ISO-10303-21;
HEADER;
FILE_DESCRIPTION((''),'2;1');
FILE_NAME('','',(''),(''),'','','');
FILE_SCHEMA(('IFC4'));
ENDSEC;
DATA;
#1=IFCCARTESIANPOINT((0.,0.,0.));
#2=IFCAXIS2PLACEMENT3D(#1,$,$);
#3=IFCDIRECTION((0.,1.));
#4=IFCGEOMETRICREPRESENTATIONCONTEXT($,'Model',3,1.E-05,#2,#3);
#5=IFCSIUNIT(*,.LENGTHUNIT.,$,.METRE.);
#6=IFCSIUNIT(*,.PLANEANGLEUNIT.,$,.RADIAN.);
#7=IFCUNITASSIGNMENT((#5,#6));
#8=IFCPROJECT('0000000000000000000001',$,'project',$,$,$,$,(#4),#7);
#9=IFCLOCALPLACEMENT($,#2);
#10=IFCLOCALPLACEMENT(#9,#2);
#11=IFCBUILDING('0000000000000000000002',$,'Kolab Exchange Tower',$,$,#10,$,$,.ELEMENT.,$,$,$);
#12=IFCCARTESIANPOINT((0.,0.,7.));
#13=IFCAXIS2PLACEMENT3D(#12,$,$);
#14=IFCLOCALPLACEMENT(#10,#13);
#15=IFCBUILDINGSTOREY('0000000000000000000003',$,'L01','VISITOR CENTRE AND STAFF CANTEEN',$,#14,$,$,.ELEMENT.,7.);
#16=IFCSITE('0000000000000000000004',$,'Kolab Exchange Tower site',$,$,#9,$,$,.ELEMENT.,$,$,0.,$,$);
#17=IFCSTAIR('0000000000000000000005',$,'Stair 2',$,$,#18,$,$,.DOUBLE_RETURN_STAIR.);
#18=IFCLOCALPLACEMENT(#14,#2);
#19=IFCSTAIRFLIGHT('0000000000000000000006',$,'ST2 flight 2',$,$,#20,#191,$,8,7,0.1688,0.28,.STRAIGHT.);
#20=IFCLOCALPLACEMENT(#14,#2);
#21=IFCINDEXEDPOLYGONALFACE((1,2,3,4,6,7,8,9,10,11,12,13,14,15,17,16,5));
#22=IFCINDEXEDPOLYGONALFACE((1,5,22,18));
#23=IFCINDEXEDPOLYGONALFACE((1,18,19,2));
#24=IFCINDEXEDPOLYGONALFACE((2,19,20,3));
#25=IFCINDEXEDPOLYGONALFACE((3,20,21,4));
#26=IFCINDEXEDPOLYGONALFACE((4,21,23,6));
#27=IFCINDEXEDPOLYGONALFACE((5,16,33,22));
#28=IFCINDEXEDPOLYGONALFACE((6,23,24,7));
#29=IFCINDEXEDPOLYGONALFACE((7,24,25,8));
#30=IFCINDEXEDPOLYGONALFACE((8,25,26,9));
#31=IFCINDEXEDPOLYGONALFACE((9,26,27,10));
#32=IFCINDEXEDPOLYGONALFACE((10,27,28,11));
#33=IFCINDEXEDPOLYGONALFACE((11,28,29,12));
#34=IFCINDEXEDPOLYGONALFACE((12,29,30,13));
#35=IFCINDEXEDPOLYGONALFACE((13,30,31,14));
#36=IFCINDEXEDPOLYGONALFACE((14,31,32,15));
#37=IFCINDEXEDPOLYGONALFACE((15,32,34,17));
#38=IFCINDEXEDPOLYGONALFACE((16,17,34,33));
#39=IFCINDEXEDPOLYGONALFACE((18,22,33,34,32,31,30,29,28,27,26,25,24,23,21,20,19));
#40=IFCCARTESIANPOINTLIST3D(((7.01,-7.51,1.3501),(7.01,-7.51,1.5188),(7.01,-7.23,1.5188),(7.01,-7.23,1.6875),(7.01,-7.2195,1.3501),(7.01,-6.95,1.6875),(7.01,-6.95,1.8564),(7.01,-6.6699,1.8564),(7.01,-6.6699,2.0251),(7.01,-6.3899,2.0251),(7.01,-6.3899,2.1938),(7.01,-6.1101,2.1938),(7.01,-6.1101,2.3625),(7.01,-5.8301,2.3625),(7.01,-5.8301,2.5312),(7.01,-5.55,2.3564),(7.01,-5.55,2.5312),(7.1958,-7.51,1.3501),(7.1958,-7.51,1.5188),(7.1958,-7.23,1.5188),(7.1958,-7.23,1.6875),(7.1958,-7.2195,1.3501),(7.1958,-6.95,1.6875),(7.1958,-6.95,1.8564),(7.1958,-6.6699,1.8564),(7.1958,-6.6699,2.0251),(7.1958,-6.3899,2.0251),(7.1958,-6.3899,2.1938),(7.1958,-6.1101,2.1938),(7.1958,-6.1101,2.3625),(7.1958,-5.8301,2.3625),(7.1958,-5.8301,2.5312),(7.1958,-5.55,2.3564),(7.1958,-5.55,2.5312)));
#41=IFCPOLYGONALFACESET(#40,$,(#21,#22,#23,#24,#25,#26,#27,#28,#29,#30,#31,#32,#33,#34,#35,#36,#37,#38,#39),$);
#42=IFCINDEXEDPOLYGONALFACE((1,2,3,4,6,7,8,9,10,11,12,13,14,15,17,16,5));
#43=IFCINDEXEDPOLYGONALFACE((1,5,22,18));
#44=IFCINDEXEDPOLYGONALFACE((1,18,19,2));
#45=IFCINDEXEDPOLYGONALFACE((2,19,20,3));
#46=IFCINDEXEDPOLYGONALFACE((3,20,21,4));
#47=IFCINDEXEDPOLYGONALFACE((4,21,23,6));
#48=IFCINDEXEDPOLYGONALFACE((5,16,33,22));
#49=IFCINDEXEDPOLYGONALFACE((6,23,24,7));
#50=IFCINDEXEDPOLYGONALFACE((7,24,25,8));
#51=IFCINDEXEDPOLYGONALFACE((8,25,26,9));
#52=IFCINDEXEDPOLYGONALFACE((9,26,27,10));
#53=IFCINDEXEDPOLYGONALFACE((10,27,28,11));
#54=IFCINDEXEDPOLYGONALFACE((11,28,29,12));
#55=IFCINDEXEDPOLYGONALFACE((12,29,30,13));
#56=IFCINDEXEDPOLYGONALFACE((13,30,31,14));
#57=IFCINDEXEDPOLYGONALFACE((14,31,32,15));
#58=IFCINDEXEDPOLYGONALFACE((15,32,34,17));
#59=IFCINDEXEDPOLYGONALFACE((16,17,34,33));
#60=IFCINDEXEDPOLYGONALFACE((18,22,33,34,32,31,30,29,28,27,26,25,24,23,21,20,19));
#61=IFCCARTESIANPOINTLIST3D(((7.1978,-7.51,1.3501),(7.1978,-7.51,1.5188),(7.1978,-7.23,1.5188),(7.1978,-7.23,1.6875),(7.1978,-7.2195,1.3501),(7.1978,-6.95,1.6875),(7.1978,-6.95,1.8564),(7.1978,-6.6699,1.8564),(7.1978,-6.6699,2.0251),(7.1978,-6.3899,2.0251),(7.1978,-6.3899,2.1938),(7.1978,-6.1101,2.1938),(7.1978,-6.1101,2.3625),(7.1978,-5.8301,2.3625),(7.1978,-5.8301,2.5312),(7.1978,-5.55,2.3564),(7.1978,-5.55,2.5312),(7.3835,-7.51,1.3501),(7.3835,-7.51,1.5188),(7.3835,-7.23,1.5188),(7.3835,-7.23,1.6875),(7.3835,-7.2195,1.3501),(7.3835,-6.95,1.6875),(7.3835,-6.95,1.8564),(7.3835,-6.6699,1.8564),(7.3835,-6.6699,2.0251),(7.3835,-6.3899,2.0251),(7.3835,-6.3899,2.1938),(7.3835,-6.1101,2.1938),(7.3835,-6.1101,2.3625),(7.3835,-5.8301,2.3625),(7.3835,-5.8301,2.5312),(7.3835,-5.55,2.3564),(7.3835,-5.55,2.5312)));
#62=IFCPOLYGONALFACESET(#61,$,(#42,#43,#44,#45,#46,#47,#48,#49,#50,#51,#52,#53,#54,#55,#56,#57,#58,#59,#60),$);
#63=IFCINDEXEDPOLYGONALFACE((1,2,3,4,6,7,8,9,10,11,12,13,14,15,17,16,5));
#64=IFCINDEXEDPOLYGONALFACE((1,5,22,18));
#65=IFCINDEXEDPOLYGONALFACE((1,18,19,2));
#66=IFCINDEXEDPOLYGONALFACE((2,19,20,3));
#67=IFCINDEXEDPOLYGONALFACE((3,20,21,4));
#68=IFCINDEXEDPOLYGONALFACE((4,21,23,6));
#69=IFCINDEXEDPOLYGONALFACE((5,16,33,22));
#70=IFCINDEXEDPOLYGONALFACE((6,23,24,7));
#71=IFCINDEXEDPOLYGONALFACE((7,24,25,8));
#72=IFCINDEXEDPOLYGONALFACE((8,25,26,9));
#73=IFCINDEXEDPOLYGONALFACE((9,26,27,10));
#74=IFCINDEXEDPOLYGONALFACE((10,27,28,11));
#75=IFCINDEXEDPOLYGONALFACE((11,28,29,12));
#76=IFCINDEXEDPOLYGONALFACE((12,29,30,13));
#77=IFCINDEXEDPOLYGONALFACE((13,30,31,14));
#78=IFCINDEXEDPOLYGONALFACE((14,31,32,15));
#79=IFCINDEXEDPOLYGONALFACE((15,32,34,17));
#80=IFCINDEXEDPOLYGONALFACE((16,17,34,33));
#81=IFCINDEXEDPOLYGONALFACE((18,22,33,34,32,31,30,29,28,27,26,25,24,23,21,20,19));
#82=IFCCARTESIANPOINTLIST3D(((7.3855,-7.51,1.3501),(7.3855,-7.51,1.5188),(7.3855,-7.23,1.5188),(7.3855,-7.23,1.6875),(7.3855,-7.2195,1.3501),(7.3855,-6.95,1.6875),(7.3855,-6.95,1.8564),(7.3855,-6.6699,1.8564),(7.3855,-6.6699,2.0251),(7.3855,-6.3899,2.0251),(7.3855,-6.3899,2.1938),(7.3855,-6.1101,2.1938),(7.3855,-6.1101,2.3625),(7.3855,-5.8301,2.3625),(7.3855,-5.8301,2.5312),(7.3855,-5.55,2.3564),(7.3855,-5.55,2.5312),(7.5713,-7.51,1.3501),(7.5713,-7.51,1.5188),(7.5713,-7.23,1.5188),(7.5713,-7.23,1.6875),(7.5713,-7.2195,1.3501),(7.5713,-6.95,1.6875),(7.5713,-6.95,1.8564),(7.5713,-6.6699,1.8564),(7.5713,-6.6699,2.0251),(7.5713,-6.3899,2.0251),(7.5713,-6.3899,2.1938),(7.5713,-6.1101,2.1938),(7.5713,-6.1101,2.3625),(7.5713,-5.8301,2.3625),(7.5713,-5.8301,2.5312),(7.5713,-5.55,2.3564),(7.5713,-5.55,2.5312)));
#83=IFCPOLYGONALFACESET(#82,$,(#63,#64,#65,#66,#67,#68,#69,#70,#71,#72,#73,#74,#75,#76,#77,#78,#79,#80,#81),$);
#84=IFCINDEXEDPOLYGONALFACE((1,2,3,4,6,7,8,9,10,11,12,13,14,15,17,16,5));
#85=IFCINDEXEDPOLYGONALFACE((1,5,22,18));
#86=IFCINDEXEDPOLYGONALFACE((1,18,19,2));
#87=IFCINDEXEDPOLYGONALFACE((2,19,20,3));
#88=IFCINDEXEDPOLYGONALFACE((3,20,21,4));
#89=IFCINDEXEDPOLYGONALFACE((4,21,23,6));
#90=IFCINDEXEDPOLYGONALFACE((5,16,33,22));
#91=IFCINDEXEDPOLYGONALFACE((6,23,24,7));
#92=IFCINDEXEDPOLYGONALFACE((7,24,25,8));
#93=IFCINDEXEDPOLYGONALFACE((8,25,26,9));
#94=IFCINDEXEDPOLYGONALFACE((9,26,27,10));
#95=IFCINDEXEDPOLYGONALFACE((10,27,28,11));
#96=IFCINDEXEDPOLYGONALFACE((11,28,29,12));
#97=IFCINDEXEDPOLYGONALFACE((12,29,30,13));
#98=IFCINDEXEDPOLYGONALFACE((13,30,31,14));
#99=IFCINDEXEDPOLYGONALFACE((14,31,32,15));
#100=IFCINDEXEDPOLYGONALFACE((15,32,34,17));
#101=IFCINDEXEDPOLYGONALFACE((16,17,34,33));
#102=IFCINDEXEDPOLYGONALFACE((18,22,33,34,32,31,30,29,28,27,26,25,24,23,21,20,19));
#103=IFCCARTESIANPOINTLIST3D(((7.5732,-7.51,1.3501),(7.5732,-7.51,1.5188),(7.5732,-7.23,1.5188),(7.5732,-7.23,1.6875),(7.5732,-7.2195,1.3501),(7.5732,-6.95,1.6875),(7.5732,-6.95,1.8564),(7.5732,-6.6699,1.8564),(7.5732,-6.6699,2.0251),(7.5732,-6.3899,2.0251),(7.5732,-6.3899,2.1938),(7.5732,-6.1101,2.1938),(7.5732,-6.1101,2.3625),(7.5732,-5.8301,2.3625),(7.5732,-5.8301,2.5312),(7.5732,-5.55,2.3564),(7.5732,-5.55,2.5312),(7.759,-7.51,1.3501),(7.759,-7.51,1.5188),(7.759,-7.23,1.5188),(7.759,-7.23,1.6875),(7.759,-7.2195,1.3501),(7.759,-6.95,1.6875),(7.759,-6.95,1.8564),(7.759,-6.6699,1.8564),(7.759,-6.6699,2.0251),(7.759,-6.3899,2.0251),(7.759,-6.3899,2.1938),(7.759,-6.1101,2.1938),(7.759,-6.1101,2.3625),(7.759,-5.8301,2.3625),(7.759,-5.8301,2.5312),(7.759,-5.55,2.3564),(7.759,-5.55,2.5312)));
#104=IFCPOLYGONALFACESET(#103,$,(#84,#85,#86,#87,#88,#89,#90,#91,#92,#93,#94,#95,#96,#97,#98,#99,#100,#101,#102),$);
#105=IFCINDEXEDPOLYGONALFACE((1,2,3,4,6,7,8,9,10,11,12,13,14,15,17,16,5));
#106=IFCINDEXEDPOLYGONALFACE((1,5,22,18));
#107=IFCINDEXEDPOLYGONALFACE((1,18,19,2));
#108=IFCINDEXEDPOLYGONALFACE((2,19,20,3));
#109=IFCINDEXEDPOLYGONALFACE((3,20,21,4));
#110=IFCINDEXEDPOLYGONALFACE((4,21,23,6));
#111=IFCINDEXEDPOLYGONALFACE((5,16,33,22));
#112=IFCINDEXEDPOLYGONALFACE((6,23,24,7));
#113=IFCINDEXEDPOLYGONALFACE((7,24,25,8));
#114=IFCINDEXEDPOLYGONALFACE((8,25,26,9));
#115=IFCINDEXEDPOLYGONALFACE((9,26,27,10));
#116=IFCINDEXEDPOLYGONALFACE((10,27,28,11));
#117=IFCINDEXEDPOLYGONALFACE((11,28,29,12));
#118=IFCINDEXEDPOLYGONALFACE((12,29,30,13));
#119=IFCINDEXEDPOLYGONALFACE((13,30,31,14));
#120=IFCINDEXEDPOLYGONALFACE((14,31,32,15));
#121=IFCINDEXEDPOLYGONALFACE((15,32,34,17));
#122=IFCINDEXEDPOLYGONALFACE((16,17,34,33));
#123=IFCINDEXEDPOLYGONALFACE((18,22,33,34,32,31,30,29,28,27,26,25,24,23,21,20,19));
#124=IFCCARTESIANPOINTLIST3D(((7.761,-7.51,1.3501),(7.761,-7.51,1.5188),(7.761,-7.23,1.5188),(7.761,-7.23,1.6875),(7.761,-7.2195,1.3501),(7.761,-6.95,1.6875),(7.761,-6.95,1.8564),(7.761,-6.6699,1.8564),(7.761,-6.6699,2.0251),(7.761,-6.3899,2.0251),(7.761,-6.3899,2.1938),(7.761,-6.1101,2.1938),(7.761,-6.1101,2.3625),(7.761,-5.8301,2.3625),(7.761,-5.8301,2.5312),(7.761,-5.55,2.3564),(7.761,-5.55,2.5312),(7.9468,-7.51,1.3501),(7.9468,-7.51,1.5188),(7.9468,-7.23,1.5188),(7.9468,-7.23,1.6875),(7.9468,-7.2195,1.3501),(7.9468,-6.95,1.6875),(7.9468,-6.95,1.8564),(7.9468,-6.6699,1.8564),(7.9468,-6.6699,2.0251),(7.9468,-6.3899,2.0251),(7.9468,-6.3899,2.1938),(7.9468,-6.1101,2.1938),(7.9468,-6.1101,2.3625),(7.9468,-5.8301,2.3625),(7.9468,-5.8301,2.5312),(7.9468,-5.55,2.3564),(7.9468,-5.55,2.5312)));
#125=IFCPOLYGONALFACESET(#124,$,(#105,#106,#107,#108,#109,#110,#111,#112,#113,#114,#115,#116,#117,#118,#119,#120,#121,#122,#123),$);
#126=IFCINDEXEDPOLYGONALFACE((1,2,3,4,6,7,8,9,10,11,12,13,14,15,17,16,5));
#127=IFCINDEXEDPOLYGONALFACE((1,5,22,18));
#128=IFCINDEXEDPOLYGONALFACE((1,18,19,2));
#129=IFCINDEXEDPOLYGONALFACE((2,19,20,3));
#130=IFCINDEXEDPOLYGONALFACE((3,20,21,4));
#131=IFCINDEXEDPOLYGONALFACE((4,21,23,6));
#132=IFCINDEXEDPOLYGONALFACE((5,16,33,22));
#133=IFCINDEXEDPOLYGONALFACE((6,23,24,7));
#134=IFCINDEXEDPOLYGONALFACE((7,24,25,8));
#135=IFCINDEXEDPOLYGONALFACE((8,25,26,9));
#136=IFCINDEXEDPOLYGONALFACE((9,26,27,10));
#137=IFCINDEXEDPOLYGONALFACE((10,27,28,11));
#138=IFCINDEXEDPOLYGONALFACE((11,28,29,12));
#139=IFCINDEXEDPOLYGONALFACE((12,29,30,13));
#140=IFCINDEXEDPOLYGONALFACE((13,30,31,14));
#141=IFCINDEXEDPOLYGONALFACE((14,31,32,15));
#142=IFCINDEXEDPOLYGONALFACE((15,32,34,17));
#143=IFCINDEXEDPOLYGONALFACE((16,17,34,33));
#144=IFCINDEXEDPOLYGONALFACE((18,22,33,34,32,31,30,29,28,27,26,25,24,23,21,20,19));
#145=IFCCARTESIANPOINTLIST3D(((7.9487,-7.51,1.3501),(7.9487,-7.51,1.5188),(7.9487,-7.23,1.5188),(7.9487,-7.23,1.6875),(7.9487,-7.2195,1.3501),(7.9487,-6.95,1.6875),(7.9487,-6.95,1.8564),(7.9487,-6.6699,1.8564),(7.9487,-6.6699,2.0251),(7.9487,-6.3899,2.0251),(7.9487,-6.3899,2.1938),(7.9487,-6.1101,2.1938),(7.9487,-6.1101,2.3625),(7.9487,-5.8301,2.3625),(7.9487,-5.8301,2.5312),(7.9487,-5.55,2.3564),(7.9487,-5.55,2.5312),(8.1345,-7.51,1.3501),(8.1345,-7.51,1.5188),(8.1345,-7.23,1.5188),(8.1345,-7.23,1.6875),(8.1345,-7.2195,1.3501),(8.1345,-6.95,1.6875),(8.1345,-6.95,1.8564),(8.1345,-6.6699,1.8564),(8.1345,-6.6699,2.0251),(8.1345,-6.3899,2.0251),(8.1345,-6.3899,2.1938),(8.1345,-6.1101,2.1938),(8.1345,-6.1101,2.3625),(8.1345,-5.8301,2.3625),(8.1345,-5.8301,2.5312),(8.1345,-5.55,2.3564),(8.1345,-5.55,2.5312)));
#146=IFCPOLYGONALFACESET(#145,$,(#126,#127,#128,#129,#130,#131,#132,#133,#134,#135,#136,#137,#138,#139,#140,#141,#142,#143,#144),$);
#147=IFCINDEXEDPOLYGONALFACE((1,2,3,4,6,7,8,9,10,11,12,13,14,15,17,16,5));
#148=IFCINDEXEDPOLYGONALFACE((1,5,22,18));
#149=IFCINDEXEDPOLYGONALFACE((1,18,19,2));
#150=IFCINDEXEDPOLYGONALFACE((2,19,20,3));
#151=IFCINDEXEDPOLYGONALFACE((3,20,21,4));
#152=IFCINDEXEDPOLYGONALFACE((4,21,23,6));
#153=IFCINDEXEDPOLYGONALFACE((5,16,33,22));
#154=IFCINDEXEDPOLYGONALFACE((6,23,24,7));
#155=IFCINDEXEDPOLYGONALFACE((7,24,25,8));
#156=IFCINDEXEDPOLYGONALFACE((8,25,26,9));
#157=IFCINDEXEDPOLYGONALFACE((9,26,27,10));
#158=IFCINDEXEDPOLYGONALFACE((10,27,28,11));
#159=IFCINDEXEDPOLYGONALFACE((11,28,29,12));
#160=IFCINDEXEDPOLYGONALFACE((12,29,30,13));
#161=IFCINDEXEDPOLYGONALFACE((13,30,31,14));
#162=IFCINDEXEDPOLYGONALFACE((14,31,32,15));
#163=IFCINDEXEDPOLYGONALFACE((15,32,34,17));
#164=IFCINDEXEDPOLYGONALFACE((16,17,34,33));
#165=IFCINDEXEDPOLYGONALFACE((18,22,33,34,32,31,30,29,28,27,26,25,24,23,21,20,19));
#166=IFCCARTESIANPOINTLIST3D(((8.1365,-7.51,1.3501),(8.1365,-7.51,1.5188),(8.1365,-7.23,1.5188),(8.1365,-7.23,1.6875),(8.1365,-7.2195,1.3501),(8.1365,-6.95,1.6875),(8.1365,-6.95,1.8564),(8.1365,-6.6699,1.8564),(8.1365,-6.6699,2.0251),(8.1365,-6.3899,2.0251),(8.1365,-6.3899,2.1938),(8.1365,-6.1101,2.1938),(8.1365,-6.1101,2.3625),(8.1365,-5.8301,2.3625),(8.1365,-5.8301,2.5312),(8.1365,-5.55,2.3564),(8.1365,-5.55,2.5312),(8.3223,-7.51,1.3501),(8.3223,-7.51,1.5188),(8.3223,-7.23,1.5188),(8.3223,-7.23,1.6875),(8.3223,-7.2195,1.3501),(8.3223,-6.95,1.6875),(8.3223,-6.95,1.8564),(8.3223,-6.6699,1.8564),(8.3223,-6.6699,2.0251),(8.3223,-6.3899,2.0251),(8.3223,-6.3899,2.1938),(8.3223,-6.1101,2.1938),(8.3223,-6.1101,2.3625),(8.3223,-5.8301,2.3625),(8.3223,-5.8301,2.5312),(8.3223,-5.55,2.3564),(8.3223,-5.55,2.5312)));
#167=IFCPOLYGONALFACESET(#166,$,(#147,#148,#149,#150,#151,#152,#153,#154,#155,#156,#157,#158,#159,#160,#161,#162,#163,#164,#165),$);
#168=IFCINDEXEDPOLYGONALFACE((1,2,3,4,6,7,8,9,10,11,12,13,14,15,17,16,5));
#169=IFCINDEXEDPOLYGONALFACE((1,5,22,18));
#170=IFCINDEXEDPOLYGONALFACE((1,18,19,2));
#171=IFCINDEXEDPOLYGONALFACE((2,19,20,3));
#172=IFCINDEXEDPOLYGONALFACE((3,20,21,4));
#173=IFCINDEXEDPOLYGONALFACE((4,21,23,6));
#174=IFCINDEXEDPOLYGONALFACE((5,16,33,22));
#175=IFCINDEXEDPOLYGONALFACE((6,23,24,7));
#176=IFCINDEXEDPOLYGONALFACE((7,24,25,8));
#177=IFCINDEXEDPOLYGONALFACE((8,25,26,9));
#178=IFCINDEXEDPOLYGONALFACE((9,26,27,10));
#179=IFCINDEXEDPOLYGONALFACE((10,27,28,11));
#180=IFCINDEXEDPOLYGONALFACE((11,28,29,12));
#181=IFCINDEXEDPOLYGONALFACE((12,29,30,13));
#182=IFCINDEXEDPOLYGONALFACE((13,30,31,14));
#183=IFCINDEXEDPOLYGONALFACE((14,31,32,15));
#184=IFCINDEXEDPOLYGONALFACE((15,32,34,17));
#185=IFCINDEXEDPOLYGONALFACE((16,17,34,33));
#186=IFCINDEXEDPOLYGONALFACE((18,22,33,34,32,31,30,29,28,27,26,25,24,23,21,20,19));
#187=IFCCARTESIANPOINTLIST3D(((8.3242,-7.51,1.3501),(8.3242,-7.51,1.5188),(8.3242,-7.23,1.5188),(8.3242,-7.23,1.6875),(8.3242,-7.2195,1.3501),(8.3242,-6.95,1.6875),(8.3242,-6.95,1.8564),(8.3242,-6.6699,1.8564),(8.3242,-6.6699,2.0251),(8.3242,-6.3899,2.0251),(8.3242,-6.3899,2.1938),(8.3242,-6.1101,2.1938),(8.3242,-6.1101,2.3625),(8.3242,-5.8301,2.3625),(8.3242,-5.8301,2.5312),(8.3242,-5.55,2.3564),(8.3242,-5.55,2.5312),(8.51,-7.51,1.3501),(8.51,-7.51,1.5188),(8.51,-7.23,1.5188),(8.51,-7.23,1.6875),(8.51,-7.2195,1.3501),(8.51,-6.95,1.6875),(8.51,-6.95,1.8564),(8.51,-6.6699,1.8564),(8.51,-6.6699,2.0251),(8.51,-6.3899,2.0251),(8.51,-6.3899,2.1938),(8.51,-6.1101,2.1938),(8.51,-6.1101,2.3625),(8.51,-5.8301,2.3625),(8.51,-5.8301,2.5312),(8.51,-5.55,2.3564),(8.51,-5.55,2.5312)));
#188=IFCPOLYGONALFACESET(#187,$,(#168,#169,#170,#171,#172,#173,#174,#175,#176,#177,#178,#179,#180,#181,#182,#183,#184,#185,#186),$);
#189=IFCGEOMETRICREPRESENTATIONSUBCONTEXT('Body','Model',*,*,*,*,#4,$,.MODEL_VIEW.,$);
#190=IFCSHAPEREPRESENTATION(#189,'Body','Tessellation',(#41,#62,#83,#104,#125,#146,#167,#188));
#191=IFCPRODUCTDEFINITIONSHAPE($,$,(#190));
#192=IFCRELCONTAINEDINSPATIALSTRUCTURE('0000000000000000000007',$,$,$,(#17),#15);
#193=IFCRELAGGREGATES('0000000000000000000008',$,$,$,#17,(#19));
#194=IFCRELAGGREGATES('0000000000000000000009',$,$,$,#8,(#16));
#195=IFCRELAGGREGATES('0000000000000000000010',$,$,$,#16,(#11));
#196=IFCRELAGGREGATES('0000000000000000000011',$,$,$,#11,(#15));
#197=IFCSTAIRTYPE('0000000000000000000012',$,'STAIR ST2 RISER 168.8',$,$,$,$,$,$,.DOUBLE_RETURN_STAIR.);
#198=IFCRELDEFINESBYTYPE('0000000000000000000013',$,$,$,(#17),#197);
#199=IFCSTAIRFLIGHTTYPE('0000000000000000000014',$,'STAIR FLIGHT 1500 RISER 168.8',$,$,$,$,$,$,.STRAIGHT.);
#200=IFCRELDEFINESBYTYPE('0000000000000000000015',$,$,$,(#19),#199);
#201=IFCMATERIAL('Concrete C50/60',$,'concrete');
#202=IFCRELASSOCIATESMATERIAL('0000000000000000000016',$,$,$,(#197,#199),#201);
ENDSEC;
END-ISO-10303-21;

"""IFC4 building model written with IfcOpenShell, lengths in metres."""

from ifc_helpers import new_model, si_unit, direction, frame, origin, place, context, subcontext, project, spatial, polyline, outline, extrude, material, type_object, element, aggregate, save


model = new_model("IFC4")

# Units and contexts
model_context = context("Model", 3, precision=1e-05, world=origin(), true_north=direction((0.0, 1.0)))
body_context = subcontext(model_context, "Body", "Model", "MODEL_VIEW")
ifc_project = project(units=[si_unit("LENGTHUNIT", "METRE"), si_unit("PLANEANGLEUNIT", "RADIAN")], contexts=[model_context])

# Site, building, storey
site_placement = place(None, origin())
site = spatial("IfcSite", under=ifc_project, at=site_placement, Name="Kolab Exchange Tower site", CompositionType="ELEMENT", RefElevation=0.0)
building_placement = place(site_placement, origin())
building = spatial("IfcBuilding", under=site, at=building_placement, Name="Kolab Exchange Tower", CompositionType="ELEMENT")
storey_placement = place(building_placement, frame((0.0, 0.0, 7.0)))
storey = spatial("IfcBuildingStorey", under=building, at=storey_placement, Name="L01", Description="VISITOR CENTRE AND STAFF CANTEEN", CompositionType="ELEMENT", Elevation=7.0)

# Shared definitions
ifc_material_1 = material(Name="Concrete C50/60", Category="concrete")

# Stair, stair flight
stair_type = type_object("IfcStairType", Name="STAIR ST2 RISER 168.8", PredefinedType="DOUBLE_RETURN_STAIR", material=ifc_material_1)
stair_placement = place(storey_placement, origin())
stair = element("IfcStair", 1, at=stair_placement, inside=storey, type_object=stair_type, Name="Stair 2", PredefinedType="DOUBLE_RETURN_STAIR")
stair_flight_type = type_object("IfcStairFlightType", Name="STAIR FLIGHT 1500 RISER 168.8", PredefinedType="STRAIGHT", material=ifc_material_1)
stair_flight_1_placement = place(storey_placement, frame((7.76, -7.51, 1.3501), z_axis=(0.0, 0.0, 1.0), x_axis=(0.0, 1.0, 0.0)))
stair_flight_1 = element("IfcStairFlight", 2, at=stair_flight_1_placement, type_object=stair_flight_type, Name="ST2 flight 2", NumberOfRisers=8, NumberOfTreads=7, PredefinedType="STRAIGHT", RiserHeight=0.1688, TreadLength=0.28, context=body_context, shape_type="SweptSolid", body=[
    extrude(outline(polyline([(0.0, 0.0), (0.0, 0.1687), (0.28, 0.1687), (0.28, 0.3374), (0.5601, 0.3374), (0.5601, 0.5063), (0.8401, 0.5063), (0.8401, 0.675), (1.1201, 0.675), (1.1201, 0.8438), (1.3999, 0.8438), (1.3999, 1.0125), (1.6799, 1.0125), (1.6799, 1.1812), (1.96, 1.1812), (1.96, 1.3501), (1.96, 1.0063), (0.2905, 0.0), (0.0, 0.0)])), frame((0.0, 0.75, 0.0), z_axis=(0.0, -1.0, 0.0), x_axis=(1.0, 0.0, 0.0)), (0.0, 0.0, 1.0), 0.1858),
    extrude(outline(polyline([(0.0, 0.0), (0.0, 0.1687), (0.28, 0.1687), (0.28, 0.3374), (0.5601, 0.3374), (0.5601, 0.5063), (0.8401, 0.5063), (0.8401, 0.675), (1.1201, 0.675), (1.1201, 0.8438), (1.3999, 0.8438), (1.3999, 1.0125), (1.6799, 1.0125), (1.6799, 1.1812), (1.96, 1.1812), (1.96, 1.3501), (1.96, 1.0063), (0.2905, 0.0), (0.0, 0.0)])), frame((0.0, 0.5623, 0.0), z_axis=(0.0, -1.0, 0.0), x_axis=(1.0, 0.0, 0.0)), (0.0, 0.0, 1.0), 0.1858),
    extrude(outline(polyline([(0.0, 0.0), (0.0, 0.1687), (0.28, 0.1687), (0.28, 0.3374), (0.5601, 0.3374), (0.5601, 0.5063), (0.8401, 0.5063), (0.8401, 0.675), (1.1201, 0.675), (1.1201, 0.8438), (1.3999, 0.8438), (1.3999, 1.0125), (1.6799, 1.0125), (1.6799, 1.1812), (1.96, 1.1812), (1.96, 1.3501), (1.96, 1.0063), (0.2905, 0.0), (0.0, 0.0)])), frame((0.0, 0.3745, 0.0), z_axis=(0.0, -1.0, 0.0), x_axis=(1.0, 0.0, 0.0)), (0.0, 0.0, 1.0), 0.1858),
    extrude(outline(polyline([(0.0, 0.0), (0.0, 0.1687), (0.28, 0.1687), (0.28, 0.3374), (0.5601, 0.3374), (0.5601, 0.5063), (0.8401, 0.5063), (0.8401, 0.675), (1.1201, 0.675), (1.1201, 0.8438), (1.3999, 0.8438), (1.3999, 1.0125), (1.6799, 1.0125), (1.6799, 1.1812), (1.96, 1.1812), (1.96, 1.3501), (1.96, 1.0063), (0.2905, 0.0), (0.0, 0.0)])), frame((0.0, 0.1868, 0.0), z_axis=(0.0, -1.0, 0.0), x_axis=(1.0, 0.0, 0.0)), (0.0, 0.0, 1.0), 0.1858),
    extrude(outline(polyline([(0.0, 0.0), (0.0, 0.1687), (0.28, 0.1687), (0.28, 0.3374), (0.5601, 0.3374), (0.5601, 0.5063), (0.8401, 0.5063), (0.8401, 0.675), (1.1201, 0.675), (1.1201, 0.8438), (1.3999, 0.8438), (1.3999, 1.0125), (1.6799, 1.0125), (1.6799, 1.1812), (1.96, 1.1812), (1.96, 1.3501), (1.96, 1.0063), (0.2905, 0.0), (0.0, 0.0)])), frame((0.0, -0.001, 0.0), z_axis=(0.0, -1.0, 0.0), x_axis=(1.0, 0.0, 0.0)), (0.0, 0.0, 1.0), 0.1858),
    extrude(outline(polyline([(0.0, 0.0), (0.0, 0.1687), (0.28, 0.1687), (0.28, 0.3374), (0.5601, 0.3374), (0.5601, 0.5063), (0.8401, 0.5063), (0.8401, 0.675), (1.1201, 0.675), (1.1201, 0.8438), (1.3999, 0.8438), (1.3999, 1.0125), (1.6799, 1.0125), (1.6799, 1.1812), (1.96, 1.1812), (1.96, 1.3501), (1.96, 1.0063), (0.2905, 0.0), (0.0, 0.0)])), frame((0.0, -0.1887, 0.0), z_axis=(0.0, -1.0, 0.0), x_axis=(1.0, 0.0, 0.0)), (0.0, 0.0, 1.0), 0.1858),
    extrude(outline(polyline([(0.0, 0.0), (0.0, 0.1687), (0.28, 0.1687), (0.28, 0.3374), (0.5601, 0.3374), (0.5601, 0.5063), (0.8401, 0.5063), (0.8401, 0.675), (1.1201, 0.675), (1.1201, 0.8438), (1.3999, 0.8438), (1.3999, 1.0125), (1.6799, 1.0125), (1.6799, 1.1812), (1.96, 1.1812), (1.96, 1.3501), (1.96, 1.0063), (0.2905, 0.0), (0.0, 0.0)])), frame((0.0, -0.3765, 0.0), z_axis=(0.0, -1.0, 0.0), x_axis=(1.0, 0.0, 0.0)), (0.0, 0.0, 1.0), 0.1858),
    extrude(outline(polyline([(0.0, 0.0), (0.0, 0.1687), (0.28, 0.1687), (0.28, 0.3374), (0.5601, 0.3374), (0.5601, 0.5063), (0.8401, 0.5063), (0.8401, 0.675), (1.1201, 0.675), (1.1201, 0.8438), (1.3999, 0.8438), (1.3999, 1.0125), (1.6799, 1.0125), (1.6799, 1.1812), (1.96, 1.1812), (1.96, 1.3501), (1.96, 1.0063), (0.2905, 0.0), (0.0, 0.0)])), frame((0.0, -0.5642, 0.0), z_axis=(0.0, -1.0, 0.0), x_axis=(1.0, 0.0, 0.0)), (0.0, 0.0, 1.0), 0.1858),
])
aggregate(stair, [stair_flight_1])

save(model, "model.ifc")
